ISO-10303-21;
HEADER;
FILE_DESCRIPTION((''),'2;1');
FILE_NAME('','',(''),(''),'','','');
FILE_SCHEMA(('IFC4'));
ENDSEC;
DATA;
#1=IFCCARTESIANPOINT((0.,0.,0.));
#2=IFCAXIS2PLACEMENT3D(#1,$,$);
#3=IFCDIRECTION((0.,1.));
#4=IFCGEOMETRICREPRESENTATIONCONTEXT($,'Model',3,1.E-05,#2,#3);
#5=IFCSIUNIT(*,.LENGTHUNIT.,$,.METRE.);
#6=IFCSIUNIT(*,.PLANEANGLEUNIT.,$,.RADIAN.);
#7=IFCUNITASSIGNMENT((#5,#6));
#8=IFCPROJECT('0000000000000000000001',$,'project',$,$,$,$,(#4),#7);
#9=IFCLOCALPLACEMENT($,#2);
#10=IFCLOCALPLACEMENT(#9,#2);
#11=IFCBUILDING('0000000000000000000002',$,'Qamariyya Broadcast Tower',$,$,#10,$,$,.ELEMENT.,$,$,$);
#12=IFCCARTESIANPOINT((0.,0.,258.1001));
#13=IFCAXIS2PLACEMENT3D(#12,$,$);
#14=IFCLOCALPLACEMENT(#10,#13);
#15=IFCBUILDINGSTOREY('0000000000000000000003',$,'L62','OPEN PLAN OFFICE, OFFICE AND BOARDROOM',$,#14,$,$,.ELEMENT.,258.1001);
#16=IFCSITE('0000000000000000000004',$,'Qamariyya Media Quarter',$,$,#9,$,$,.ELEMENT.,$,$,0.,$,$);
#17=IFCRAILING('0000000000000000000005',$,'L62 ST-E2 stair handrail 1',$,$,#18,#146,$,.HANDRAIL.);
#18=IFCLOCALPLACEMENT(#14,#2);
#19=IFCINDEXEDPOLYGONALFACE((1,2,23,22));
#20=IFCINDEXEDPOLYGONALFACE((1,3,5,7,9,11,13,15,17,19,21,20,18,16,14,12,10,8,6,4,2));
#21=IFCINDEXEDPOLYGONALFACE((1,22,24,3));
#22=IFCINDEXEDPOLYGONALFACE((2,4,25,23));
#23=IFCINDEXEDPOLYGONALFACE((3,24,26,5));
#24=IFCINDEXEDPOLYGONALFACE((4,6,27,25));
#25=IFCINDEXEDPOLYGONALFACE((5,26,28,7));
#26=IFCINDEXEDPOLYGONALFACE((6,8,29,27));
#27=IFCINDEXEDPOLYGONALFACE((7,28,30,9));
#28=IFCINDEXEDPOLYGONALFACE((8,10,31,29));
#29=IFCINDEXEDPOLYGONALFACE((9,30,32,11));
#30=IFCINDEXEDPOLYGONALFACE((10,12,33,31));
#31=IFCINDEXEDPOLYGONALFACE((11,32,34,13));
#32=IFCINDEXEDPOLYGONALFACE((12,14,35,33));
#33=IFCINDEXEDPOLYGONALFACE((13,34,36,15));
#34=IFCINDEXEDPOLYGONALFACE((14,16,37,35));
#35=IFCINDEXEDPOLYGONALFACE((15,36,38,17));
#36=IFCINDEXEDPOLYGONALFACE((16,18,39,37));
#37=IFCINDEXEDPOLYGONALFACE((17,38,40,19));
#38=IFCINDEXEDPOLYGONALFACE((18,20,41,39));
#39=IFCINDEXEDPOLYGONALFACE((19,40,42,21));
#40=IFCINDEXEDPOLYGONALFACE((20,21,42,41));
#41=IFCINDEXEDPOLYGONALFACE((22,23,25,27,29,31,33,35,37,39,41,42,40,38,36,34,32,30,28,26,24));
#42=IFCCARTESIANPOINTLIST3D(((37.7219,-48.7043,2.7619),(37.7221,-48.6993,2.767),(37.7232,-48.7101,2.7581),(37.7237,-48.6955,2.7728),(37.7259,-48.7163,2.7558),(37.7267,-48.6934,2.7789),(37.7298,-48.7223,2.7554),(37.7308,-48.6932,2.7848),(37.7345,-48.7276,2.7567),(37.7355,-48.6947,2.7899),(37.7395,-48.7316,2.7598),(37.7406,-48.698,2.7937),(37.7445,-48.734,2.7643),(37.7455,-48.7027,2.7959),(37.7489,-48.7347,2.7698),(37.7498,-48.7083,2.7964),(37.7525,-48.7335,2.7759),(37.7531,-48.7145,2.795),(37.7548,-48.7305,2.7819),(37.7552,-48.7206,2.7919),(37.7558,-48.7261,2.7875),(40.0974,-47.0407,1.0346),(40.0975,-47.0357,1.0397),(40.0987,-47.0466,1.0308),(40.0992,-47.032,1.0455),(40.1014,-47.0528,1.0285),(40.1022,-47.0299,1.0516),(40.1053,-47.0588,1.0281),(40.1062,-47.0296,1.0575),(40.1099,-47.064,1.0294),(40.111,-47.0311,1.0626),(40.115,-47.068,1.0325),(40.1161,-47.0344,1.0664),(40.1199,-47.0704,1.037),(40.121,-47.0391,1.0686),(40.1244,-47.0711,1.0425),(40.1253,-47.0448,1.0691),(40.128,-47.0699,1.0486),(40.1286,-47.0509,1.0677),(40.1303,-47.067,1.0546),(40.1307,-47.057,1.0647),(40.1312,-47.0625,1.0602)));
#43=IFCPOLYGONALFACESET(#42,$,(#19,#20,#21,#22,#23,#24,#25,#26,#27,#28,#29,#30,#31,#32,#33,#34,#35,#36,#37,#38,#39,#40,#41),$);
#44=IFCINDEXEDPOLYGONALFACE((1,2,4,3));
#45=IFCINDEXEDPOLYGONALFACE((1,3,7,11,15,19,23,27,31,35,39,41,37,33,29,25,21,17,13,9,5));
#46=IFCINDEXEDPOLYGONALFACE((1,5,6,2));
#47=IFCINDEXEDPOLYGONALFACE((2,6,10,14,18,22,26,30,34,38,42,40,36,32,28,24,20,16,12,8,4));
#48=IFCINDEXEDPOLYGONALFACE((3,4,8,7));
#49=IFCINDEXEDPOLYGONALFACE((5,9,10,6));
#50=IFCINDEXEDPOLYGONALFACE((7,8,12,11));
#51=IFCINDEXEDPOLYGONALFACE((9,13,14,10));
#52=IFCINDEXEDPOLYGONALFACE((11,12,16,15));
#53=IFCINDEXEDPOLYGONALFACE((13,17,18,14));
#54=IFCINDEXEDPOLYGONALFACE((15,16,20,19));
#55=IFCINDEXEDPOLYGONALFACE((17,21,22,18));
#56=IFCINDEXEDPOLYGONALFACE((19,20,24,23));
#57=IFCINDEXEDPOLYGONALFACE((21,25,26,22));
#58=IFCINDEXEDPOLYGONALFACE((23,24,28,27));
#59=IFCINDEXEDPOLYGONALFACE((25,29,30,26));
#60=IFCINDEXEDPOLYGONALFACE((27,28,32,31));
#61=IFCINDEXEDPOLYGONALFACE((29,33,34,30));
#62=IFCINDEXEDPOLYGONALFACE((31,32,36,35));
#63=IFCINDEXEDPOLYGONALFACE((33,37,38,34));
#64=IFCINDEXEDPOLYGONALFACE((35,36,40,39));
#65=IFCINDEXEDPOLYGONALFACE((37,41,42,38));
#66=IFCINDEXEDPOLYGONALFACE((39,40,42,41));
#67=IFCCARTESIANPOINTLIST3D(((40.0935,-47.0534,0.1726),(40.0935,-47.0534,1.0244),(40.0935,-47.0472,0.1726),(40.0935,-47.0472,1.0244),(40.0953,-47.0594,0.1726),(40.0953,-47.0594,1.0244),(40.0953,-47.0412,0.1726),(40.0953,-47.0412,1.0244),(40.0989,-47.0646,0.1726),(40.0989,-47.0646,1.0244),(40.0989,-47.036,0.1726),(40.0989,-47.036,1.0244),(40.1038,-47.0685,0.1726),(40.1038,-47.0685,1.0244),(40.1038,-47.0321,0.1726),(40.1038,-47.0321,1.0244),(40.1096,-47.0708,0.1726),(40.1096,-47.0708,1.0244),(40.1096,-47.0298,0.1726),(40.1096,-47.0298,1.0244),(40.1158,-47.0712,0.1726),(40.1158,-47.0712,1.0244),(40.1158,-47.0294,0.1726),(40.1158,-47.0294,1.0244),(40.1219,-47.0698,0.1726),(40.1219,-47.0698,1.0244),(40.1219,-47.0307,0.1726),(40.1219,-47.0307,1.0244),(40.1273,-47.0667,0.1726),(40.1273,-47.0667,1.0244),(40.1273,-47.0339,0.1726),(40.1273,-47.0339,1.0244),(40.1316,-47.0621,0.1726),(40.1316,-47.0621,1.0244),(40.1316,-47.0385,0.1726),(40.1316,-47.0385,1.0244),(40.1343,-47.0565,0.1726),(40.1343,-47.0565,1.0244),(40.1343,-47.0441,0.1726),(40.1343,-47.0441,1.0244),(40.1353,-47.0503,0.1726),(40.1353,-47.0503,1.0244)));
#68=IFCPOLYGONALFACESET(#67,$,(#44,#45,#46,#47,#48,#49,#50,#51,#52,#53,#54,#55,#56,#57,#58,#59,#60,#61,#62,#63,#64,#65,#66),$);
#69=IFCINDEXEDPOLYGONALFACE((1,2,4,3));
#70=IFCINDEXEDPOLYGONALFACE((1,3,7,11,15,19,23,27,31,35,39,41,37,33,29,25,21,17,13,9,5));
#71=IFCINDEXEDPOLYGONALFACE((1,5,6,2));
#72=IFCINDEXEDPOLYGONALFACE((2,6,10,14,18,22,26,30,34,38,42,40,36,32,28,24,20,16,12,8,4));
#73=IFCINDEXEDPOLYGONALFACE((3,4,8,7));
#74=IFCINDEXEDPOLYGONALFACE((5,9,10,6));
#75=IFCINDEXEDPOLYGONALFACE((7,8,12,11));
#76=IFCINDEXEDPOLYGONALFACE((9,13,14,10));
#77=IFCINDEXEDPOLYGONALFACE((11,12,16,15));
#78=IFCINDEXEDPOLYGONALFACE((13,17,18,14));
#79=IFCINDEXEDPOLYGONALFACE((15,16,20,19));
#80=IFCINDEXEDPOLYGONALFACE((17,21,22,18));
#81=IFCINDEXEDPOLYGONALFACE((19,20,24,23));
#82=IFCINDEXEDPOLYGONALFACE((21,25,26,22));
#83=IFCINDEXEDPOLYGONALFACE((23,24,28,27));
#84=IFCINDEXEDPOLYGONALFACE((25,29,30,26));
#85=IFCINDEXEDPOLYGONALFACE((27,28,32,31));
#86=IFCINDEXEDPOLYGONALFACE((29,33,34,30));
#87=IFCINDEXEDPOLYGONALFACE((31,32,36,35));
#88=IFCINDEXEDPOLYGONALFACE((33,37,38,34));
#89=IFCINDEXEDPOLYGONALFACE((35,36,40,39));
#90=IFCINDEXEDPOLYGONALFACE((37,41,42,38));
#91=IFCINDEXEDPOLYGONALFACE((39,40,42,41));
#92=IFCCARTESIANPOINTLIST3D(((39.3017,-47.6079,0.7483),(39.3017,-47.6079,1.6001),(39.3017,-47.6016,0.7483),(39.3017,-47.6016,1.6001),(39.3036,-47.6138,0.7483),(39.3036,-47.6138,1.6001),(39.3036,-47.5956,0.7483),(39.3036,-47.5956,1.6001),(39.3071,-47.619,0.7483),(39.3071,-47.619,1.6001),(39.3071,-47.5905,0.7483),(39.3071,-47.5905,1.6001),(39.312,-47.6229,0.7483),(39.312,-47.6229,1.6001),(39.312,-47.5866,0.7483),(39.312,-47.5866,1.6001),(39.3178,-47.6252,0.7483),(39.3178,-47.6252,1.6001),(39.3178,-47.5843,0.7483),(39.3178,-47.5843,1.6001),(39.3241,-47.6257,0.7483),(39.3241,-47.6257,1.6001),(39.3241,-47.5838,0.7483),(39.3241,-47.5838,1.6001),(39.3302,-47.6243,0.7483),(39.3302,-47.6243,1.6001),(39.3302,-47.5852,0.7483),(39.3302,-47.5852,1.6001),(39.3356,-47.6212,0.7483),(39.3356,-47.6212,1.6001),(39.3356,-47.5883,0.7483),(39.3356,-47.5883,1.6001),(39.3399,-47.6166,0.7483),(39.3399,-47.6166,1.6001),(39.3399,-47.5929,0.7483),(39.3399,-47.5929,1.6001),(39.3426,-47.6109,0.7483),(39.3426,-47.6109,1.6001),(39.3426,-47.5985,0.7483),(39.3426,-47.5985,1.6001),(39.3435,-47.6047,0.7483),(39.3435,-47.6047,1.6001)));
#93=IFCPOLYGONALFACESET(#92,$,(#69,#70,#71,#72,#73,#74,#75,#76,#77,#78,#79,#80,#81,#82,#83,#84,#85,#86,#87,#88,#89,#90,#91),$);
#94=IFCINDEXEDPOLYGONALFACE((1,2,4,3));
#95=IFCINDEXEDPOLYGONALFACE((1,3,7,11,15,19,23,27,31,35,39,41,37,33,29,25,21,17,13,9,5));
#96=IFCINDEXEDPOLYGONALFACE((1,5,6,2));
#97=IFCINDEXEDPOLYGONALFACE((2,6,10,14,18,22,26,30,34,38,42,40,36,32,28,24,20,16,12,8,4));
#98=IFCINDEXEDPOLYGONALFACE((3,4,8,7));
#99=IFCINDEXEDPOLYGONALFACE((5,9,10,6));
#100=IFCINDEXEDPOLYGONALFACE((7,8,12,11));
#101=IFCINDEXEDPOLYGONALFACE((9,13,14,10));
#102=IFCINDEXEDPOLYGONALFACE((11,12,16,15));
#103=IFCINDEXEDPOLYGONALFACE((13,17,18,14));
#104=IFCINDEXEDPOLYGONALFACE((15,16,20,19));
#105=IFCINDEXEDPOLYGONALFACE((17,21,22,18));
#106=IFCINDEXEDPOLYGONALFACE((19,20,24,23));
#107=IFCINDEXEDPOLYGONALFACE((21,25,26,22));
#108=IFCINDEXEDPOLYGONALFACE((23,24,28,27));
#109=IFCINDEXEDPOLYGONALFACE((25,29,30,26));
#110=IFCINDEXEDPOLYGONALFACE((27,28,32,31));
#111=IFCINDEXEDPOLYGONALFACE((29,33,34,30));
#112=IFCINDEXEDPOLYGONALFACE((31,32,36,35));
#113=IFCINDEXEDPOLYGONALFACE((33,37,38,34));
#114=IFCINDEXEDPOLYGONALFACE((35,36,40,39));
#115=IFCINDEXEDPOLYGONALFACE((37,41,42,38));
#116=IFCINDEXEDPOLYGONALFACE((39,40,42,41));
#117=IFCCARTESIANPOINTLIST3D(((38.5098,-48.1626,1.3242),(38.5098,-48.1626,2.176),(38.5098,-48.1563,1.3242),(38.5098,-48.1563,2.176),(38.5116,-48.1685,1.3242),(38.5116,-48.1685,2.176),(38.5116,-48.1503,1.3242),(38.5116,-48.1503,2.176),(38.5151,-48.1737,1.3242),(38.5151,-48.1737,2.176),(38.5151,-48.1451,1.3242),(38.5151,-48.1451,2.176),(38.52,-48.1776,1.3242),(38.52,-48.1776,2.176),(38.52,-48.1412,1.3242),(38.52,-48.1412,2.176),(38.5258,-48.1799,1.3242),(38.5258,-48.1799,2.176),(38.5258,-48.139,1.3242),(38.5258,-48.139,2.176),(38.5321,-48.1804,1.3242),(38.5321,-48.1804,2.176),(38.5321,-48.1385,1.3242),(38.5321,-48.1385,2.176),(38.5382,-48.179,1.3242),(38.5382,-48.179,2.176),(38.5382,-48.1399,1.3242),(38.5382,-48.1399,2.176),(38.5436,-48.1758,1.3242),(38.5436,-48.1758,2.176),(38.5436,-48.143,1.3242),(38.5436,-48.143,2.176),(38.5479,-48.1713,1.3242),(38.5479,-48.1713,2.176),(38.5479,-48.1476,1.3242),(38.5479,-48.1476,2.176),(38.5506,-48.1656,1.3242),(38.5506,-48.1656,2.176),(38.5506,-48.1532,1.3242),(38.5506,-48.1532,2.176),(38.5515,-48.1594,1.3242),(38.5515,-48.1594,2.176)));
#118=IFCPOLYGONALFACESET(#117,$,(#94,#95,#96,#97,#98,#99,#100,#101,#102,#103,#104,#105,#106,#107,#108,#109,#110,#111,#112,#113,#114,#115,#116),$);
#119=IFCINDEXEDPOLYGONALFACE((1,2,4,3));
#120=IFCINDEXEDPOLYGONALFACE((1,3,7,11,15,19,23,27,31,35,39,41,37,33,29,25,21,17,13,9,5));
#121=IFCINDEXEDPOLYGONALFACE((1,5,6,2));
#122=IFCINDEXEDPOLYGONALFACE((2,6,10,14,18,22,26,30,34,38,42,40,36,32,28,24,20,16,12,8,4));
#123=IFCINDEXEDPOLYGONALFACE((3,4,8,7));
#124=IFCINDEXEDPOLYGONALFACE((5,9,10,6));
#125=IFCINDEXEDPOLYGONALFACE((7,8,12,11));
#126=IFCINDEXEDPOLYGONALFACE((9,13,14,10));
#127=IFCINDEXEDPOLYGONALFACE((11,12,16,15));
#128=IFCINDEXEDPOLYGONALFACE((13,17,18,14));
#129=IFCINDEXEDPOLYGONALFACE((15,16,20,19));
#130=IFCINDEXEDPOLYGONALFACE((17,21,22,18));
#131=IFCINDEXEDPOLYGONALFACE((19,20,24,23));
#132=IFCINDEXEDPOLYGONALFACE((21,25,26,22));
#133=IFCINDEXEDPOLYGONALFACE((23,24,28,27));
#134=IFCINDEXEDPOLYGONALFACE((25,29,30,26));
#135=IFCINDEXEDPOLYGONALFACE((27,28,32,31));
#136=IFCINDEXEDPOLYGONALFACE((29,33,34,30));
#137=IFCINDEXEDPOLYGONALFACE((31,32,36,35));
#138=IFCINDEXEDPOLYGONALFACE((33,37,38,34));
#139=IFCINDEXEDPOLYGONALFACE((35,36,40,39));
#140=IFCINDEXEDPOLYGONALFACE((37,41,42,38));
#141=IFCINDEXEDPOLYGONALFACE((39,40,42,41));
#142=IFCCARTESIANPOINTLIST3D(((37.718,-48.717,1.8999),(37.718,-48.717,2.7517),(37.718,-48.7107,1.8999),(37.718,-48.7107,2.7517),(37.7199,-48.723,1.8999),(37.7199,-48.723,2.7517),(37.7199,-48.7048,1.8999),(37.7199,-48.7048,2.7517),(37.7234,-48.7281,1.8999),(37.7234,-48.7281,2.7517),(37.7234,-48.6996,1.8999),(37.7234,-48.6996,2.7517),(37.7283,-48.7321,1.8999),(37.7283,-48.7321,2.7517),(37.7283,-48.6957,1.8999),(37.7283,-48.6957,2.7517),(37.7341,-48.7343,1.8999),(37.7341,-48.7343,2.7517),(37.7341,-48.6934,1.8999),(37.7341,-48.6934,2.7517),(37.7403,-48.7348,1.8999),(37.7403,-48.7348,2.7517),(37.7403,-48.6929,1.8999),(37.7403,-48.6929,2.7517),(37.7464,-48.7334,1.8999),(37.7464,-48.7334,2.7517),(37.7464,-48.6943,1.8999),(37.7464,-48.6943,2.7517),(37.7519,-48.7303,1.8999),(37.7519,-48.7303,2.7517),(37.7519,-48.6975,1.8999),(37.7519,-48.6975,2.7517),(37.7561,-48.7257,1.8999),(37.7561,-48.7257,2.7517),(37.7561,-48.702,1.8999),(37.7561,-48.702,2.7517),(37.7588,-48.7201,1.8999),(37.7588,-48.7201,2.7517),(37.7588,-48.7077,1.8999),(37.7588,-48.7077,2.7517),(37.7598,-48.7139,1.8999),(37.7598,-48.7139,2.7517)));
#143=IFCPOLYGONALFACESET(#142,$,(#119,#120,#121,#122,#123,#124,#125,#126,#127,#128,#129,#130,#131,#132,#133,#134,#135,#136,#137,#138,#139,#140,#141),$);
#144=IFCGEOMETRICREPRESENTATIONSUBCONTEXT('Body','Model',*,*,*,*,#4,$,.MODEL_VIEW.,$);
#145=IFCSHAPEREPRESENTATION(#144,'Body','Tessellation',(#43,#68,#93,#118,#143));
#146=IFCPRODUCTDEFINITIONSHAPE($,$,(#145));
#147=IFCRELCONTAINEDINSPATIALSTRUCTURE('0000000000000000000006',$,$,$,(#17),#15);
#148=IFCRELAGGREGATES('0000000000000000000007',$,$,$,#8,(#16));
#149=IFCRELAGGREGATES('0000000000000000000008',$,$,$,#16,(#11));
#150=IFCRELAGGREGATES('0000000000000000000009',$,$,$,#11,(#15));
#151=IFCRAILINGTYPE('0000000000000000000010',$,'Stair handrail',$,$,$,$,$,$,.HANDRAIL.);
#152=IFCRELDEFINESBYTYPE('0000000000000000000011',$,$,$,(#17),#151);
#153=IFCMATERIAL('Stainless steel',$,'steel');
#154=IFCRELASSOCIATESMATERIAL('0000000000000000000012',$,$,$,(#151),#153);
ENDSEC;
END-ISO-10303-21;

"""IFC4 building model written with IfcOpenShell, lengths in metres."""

from ifc_helpers import new_model, si_unit, direction, frame, origin, origin_2d, place, context, subcontext, project, spatial, circle, extrude, material, type_object, element, save


model = new_model("IFC4")

# Units and contexts
model_context = context("Model", 3, precision=1e-05, world=origin(), true_north=direction((0.0, 1.0)))
body_context = subcontext(model_context, "Body", "Model", "MODEL_VIEW")
ifc_project = project(units=[si_unit("LENGTHUNIT", "METRE"), si_unit("PLANEANGLEUNIT", "RADIAN")], contexts=[model_context])

# Site, building, storey
site_placement = place(None, origin())
site = spatial("IfcSite", under=ifc_project, at=site_placement, Name="Qamariyya Media Quarter", CompositionType="ELEMENT", RefElevation=0.0)
building_placement = place(site_placement, origin())
building = spatial("IfcBuilding", under=site, at=building_placement, Name="Qamariyya Broadcast Tower", CompositionType="ELEMENT")
storey_placement = place(building_placement, frame((0.0, 0.0, 258.1001)))
storey = spatial("IfcBuildingStorey", under=building, at=storey_placement, Name="L62", Description="OPEN PLAN OFFICE, OFFICE AND BOARDROOM", CompositionType="ELEMENT", Elevation=258.1001)

# Railing
ifc_material_1 = material(Name="Stainless steel", Category="steel")
railing_type_1 = type_object("IfcRailingType", Name="Stair handrail", PredefinedType="HANDRAIL", material=ifc_material_1)
railing_1_placement = place(storey_placement, frame((40.1143, -47.0503, 0.1726)))
element("IfcRailing", 1, at=railing_1_placement, inside=storey, type_object=railing_type_1, Name="L62 ST-E2 stair handrail 1", PredefinedType="HANDRAIL", context=body_context, shape_type="SweptSolid", body=[
    extrude(circle(Radius=0.0239, at=origin_2d()), frame((0.0, 0.0, 0.876), z_axis=(-0.703745, -0.492838, 0.511716), x_axis=(0.573632, -0.819113, 0.0)), (0.0, 0.0, 1.0), 3.3755),
    extrude(circle(Radius=0.021, at=origin_2d()), origin(), (0.0, 0.0, 1.0), 0.8518),
    extrude(circle(Radius=0.021, at=origin_2d()), frame((-0.7917, -0.5544, 0.5757)), (0.0, 0.0, 1.0), 0.8518),
    extrude(circle(Radius=0.021, at=origin_2d()), frame((-1.5837, -1.1091, 1.1516)), (0.0, 0.0, 1.0), 0.8518),
    extrude(circle(Radius=0.021, at=origin_2d()), frame((-2.3755, -1.6636, 1.7273)), (0.0, 0.0, 1.0), 0.8518),
])

save(model, "model.ifc")
